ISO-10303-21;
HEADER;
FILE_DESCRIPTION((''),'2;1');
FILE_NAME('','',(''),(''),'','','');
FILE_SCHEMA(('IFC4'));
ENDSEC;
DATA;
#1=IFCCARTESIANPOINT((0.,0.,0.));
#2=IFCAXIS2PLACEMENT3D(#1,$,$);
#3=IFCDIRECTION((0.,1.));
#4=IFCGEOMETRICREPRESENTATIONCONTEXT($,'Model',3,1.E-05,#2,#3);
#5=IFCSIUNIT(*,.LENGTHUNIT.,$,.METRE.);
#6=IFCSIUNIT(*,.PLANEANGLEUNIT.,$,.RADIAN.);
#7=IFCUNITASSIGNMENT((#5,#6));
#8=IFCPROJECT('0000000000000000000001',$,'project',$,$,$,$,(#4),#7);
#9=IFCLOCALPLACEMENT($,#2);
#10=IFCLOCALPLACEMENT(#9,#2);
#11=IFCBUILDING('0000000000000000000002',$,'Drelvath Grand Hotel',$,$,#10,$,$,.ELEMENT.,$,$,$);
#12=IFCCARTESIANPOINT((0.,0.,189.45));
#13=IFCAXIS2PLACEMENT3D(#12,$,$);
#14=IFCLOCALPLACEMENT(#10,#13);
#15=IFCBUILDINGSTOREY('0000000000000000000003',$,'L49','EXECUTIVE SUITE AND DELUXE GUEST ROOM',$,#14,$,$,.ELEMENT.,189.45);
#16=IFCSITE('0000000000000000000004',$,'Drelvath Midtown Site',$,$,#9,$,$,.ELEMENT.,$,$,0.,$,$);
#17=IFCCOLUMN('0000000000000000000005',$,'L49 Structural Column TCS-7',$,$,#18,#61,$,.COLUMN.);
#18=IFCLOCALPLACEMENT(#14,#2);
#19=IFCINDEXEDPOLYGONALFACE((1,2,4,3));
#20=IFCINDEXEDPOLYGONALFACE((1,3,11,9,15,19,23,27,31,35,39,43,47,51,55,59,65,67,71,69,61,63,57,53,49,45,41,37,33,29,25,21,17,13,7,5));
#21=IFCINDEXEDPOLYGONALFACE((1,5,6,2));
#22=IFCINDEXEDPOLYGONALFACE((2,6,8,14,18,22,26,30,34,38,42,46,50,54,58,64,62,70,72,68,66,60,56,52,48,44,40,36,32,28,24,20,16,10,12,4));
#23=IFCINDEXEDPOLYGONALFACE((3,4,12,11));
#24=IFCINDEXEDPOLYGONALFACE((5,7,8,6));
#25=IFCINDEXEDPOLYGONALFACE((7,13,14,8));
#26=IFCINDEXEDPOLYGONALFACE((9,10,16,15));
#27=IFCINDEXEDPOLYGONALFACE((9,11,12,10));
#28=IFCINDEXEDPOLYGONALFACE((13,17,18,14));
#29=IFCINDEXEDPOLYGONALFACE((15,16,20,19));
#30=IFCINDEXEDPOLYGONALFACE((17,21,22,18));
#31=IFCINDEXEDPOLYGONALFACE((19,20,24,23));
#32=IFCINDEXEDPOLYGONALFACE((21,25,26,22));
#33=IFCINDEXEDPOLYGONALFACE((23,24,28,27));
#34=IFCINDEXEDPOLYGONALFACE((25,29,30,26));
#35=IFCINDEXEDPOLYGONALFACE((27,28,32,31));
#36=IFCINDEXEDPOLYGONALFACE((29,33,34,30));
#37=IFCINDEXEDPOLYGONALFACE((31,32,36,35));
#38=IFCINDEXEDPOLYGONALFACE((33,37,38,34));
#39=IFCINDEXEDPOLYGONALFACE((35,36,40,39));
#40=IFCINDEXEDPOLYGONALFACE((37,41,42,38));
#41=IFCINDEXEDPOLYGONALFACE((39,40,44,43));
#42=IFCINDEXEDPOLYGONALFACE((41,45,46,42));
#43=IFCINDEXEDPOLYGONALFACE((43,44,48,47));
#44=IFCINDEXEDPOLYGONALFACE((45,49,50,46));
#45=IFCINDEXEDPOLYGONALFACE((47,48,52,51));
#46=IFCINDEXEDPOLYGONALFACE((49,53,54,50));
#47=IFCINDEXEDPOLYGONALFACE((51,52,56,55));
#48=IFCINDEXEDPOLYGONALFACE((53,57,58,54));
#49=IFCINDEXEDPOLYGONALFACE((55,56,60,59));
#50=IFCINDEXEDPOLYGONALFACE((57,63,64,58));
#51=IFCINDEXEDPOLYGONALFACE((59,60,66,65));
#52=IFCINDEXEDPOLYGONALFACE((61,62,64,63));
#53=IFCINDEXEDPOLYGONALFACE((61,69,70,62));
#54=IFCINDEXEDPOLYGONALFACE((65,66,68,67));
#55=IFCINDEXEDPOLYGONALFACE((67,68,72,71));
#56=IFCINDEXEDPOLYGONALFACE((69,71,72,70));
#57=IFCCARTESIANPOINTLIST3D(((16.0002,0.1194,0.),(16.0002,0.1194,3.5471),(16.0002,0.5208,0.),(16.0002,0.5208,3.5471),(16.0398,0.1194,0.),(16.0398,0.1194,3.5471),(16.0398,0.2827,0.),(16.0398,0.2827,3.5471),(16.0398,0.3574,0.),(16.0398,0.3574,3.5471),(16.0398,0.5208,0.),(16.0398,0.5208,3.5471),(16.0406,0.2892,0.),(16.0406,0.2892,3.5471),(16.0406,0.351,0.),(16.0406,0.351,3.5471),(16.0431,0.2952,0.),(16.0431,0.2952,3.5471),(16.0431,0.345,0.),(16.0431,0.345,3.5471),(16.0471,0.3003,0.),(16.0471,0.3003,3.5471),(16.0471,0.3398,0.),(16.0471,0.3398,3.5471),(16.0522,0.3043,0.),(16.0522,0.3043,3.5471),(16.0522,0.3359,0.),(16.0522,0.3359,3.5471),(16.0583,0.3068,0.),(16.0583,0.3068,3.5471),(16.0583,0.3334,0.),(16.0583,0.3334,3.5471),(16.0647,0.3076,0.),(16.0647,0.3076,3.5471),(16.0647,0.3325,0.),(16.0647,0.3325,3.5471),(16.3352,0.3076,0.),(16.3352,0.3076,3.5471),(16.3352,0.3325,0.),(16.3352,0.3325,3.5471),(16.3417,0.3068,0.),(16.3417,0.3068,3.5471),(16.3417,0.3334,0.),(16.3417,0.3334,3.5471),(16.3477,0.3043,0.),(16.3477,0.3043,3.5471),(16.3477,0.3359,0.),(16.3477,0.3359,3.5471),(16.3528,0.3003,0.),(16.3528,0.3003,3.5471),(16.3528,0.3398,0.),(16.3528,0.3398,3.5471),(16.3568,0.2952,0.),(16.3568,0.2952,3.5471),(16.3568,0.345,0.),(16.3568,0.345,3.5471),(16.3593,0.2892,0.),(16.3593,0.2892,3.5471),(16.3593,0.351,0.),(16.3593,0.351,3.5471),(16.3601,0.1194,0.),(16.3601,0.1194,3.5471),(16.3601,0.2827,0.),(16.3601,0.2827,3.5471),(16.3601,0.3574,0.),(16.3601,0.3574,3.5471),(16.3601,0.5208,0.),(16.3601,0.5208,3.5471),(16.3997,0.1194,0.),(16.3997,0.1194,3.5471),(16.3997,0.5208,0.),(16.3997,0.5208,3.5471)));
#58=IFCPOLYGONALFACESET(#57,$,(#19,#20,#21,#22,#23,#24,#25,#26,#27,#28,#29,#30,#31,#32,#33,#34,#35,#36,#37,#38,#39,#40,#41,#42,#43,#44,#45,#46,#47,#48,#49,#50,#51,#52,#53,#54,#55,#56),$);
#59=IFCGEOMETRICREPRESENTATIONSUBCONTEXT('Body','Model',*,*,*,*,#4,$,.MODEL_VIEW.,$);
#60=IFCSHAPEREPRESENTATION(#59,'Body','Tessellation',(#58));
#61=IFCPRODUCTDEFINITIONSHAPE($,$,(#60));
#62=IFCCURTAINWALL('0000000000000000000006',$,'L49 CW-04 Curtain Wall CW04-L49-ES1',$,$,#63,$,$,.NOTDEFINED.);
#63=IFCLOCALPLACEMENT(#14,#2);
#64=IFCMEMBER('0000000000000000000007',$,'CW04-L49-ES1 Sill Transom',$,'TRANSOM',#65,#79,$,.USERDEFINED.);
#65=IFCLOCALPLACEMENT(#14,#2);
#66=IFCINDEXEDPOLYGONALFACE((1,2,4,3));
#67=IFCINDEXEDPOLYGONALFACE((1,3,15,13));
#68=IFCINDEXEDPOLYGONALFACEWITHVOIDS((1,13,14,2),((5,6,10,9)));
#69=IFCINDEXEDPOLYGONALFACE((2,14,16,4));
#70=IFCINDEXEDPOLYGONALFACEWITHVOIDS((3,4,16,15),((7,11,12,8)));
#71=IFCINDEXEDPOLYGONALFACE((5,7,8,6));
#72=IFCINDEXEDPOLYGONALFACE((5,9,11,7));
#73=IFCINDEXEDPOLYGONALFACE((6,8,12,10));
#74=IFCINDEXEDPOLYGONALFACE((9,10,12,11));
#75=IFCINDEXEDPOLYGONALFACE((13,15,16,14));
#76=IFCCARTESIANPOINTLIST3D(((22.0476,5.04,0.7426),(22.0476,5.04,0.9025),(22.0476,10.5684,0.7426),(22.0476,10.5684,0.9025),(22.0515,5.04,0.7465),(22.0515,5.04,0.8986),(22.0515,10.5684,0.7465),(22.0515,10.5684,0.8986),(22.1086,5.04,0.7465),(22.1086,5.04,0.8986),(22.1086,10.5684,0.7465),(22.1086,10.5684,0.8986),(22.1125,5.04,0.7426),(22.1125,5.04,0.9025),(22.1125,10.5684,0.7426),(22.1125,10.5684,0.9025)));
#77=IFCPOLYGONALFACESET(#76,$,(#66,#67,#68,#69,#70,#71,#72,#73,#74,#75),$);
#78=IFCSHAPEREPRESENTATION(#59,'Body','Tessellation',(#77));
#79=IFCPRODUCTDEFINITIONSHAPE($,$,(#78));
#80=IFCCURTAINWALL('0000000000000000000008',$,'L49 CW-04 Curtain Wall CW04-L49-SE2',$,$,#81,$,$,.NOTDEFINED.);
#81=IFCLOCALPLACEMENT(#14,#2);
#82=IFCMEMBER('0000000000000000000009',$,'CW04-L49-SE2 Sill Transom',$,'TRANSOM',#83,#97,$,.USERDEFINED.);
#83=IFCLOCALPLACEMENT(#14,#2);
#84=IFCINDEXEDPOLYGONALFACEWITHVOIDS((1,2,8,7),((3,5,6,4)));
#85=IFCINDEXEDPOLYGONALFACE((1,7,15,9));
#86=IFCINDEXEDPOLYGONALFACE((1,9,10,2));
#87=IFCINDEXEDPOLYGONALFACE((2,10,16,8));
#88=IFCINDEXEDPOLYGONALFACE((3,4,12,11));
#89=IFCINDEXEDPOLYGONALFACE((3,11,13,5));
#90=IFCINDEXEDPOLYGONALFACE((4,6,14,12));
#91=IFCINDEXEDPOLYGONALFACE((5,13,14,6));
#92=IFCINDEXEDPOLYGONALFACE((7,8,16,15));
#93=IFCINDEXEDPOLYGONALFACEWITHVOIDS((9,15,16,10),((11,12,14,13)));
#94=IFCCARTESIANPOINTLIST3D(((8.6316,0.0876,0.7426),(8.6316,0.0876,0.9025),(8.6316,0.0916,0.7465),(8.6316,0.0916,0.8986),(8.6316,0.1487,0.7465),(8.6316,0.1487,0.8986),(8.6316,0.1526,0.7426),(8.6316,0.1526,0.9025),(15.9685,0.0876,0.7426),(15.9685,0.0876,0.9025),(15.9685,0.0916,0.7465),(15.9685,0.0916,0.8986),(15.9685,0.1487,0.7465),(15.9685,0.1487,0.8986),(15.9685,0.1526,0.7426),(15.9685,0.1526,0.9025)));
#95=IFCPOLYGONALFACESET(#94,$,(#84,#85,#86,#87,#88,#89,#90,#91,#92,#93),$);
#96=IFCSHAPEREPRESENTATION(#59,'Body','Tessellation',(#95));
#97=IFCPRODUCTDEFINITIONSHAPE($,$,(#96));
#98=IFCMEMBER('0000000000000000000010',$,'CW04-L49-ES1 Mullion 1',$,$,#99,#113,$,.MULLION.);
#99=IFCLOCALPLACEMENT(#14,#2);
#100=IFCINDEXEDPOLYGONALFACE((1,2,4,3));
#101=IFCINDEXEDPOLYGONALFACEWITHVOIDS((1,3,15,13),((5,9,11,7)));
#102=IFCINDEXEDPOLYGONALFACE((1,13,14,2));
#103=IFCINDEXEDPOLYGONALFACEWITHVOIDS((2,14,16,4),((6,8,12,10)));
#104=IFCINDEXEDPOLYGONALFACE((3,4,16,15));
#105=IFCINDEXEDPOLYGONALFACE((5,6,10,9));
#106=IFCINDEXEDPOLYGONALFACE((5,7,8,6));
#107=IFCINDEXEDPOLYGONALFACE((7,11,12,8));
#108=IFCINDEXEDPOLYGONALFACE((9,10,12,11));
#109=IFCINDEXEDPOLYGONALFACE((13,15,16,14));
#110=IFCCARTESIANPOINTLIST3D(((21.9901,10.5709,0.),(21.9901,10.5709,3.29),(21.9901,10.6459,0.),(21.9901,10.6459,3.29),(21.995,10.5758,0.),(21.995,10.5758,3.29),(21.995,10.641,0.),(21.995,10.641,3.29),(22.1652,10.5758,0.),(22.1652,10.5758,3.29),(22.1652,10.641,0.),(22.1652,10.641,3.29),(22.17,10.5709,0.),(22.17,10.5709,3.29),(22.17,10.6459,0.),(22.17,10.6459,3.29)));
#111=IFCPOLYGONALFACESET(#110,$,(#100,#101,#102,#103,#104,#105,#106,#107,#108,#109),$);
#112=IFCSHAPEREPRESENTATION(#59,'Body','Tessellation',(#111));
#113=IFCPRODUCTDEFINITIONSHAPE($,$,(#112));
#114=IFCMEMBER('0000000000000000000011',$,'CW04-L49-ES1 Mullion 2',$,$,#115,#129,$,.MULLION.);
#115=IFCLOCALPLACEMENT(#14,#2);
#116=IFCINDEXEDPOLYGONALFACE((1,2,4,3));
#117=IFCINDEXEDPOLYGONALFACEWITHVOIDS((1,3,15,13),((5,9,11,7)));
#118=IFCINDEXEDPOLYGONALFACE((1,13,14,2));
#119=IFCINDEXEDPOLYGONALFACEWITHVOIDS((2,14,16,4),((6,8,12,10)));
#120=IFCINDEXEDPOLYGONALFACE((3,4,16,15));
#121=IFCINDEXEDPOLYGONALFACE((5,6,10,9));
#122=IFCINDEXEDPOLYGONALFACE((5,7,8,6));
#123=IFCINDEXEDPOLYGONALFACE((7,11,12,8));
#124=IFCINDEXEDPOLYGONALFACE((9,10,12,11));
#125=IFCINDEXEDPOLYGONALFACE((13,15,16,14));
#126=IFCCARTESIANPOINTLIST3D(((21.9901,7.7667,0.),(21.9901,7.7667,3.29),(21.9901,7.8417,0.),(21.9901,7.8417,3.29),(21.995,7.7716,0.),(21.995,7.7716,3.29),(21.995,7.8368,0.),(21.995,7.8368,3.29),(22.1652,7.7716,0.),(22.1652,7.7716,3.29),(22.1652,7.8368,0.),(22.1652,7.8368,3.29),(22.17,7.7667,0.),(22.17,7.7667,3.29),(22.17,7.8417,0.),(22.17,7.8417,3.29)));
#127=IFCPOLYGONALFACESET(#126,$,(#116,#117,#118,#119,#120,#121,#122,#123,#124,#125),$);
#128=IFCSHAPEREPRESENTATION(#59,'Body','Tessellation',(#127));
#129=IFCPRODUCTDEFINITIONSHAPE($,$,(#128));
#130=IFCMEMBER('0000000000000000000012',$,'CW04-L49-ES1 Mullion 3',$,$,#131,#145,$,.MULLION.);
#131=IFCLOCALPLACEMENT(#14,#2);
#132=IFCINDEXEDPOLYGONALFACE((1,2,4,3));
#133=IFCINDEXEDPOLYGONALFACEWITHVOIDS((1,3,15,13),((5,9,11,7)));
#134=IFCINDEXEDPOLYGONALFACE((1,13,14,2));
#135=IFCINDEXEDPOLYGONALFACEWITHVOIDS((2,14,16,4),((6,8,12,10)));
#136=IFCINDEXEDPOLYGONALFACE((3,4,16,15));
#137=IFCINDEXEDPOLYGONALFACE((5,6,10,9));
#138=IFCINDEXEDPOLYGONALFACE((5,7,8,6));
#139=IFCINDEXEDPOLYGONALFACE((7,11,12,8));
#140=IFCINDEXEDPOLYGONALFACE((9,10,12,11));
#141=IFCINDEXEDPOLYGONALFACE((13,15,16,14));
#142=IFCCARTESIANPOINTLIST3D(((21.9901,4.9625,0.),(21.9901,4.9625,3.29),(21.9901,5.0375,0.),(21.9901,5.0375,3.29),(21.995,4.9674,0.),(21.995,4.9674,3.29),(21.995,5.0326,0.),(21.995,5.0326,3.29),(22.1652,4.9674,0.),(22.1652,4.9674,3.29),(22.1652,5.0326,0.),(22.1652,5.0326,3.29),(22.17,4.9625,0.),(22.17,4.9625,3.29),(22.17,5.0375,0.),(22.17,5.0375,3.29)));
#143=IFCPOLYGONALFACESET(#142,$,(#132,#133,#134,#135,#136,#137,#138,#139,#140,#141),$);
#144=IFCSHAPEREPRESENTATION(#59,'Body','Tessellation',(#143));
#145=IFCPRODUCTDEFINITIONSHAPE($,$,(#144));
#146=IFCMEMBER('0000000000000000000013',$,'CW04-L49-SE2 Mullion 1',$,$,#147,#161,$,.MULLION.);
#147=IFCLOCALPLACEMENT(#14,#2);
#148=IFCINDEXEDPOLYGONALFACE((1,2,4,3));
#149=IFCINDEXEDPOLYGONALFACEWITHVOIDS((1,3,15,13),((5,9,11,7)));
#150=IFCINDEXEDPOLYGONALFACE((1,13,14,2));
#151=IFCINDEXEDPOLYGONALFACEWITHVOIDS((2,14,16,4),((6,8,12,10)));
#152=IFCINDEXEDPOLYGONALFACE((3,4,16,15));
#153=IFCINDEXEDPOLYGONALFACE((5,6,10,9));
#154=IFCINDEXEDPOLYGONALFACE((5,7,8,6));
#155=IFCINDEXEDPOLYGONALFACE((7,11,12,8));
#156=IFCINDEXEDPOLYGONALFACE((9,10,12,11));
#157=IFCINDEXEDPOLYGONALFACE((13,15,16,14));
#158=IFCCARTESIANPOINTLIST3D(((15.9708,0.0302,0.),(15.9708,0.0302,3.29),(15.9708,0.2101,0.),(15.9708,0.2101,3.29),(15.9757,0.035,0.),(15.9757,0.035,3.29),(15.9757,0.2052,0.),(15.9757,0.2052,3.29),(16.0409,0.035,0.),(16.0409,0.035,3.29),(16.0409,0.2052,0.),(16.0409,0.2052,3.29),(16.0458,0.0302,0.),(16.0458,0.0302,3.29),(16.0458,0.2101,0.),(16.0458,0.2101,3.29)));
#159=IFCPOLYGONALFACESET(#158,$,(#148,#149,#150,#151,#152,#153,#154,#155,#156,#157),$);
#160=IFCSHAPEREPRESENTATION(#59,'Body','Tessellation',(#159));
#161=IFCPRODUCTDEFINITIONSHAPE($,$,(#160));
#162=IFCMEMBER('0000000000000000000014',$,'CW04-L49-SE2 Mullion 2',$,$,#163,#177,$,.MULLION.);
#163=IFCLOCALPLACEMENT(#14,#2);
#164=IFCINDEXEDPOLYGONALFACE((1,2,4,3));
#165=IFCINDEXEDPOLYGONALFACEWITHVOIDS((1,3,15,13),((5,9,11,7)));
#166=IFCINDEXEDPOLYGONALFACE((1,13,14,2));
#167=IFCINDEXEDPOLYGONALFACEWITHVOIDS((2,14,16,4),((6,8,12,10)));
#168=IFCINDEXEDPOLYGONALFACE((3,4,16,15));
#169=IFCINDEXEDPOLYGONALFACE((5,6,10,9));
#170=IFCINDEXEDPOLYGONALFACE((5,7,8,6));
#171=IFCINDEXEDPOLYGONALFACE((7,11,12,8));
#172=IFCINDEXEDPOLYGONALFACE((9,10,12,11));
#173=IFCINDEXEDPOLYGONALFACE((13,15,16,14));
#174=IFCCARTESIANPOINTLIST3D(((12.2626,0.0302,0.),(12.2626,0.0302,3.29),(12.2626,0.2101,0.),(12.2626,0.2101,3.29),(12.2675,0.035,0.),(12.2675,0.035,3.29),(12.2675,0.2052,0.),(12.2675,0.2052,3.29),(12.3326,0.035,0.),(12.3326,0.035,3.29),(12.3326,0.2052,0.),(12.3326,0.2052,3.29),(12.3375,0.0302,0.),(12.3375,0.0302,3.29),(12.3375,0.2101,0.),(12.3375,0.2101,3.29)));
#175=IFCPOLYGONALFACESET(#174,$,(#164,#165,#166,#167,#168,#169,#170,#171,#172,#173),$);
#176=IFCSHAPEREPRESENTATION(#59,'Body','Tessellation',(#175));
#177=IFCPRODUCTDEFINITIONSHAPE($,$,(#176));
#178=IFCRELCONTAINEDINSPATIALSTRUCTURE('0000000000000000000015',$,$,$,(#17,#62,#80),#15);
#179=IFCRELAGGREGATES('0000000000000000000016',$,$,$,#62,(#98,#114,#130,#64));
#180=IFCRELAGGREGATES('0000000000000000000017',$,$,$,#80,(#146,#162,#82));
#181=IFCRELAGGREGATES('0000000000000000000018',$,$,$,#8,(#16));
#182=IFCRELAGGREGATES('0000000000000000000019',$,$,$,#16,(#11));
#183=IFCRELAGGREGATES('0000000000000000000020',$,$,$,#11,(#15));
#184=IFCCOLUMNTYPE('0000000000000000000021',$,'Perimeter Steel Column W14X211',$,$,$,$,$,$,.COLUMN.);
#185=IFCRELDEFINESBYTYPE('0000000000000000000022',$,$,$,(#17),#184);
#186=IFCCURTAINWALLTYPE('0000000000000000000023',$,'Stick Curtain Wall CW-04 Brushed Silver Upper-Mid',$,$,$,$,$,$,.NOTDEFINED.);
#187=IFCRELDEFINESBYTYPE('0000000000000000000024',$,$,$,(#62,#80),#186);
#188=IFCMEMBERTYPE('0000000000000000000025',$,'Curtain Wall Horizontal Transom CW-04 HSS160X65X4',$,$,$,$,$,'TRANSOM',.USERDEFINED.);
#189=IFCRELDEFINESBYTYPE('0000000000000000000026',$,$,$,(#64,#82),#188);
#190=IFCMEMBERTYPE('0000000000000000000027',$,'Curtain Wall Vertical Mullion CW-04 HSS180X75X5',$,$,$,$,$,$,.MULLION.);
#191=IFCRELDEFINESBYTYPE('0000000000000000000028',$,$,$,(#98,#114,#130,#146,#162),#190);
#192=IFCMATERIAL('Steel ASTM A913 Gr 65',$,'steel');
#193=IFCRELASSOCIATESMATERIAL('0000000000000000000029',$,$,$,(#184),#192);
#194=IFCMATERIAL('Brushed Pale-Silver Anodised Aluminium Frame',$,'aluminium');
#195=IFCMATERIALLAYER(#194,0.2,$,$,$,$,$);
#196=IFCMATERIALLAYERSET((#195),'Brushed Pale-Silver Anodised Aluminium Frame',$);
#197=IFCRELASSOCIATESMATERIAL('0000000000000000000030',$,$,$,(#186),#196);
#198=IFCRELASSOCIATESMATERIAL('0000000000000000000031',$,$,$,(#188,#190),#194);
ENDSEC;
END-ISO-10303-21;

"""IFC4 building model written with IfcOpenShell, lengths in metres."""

from ifc_helpers import new_model, si_unit, direction, frame, origin, origin_2d, place, context, subcontext, project, spatial, hollow_rectangle, i_section, extrude, material, layer, layer_set, material_profile, profile_set, type_object, element, aggregate, save


model = new_model("IFC4")

# Units and contexts
model_context = context("Model", 3, precision=1e-05, world=origin(), true_north=direction((0.0, 1.0)))
body_context = subcontext(model_context, "Body", "Model", "MODEL_VIEW")
ifc_project = project(units=[si_unit("LENGTHUNIT", "METRE"), si_unit("PLANEANGLEUNIT", "RADIAN")], contexts=[model_context])

# Site, building, storey
site_placement = place(None, origin())
site = spatial("IfcSite", under=ifc_project, at=site_placement, Name="Drelvath Midtown Site", CompositionType="ELEMENT", RefElevation=0.0)
building_placement = place(site_placement, origin())
building = spatial("IfcBuilding", under=site, at=building_placement, Name="Drelvath Grand Hotel", CompositionType="ELEMENT")
storey_placement = place(building_placement, frame((0.0, 0.0, 189.45)))
storey = spatial("IfcBuildingStorey", under=building, at=storey_placement, Name="L49", Description="EXECUTIVE SUITE AND DELUXE GUEST ROOM", CompositionType="ELEMENT", Elevation=189.45)

# Column
ifc_material_1 = material(Name="Steel ASTM A913 Gr 65", Category="steel")
ifc_material_profile_1 = material_profile(ifc_material_1, i_section(OverallWidth=0.4014, OverallDepth=0.3994, WebThickness=0.0249, FlangeThickness=0.0396, FilletRadius=0.0249, at=origin_2d()), Name="W14X211")
ifc_profile_set_1 = profile_set([ifc_material_profile_1], Name="Steel ASTM A913 Gr 65")
column_type = type_object("IfcColumnType", Name="Perimeter Steel Column W14X211", PredefinedType="COLUMN", material=ifc_profile_set_1)
column_placement = place(storey_placement, frame((16.2, 0.3201, 0.0), z_axis=(0.0, 0.0, 1.0), x_axis=(0.0, 1.0, 0.0)))
element("IfcColumn", 1, at=column_placement, inside=storey, type_object=column_type, Name="L49 Structural Column TCS-7", PredefinedType="COLUMN", context=body_context, shape_type="SweptSolid", body=[
    extrude(i_section(OverallWidth=0.4014, OverallDepth=0.3994, WebThickness=0.0249, FlangeThickness=0.0396, FilletRadius=0.0249, at=origin_2d()), origin(), (0.0, 0.0, 1.0), 3.5471),
])

# Curtain walls, members
ifc_material_2 = material(Name="Brushed Pale-Silver Anodised Aluminium Frame", Category="aluminium")
ifc_layer_1 = layer(ifc_material_2, 0.2)
ifc_layer_set_1 = layer_set([ifc_layer_1], Name="Brushed Pale-Silver Anodised Aluminium Frame")
curtain_wall_type = type_object("IfcCurtainWallType", Name="Stick Curtain Wall CW-04 Brushed Silver Upper-Mid", PredefinedType="NOTDEFINED", material=ifc_layer_set_1)
curtain_wall_1_placement = place(storey_placement, origin())
curtain_wall_1 = element("IfcCurtainWall", 2, at=curtain_wall_1_placement, inside=storey, type_object=curtain_wall_type, Name="L49 CW-04 Curtain Wall CW04-L49-ES1", PredefinedType="NOTDEFINED")
ifc_material_profile_2 = material_profile(ifc_material_2, hollow_rectangle(XDim=0.0649, YDim=0.1599, WallThickness=0.0039, at=origin_2d()), Name="HSS160X65X4")
ifc_profile_set_2 = profile_set([ifc_material_profile_2], Name="Brushed Pale-Silver Anodised Aluminium Frame")
member_type_1 = type_object("IfcMemberType", Name="Curtain Wall Horizontal Transom CW-04 HSS160X65X4", ElementType="TRANSOM", PredefinedType="USERDEFINED", material=ifc_profile_set_2)
member_1_placement = place(storey_placement, frame((22.0801, 10.5684, 0.8225), z_axis=(0.0, -1.0, 0.0), x_axis=(1.0, 0.0, 0.0)))
member_1 = element("IfcMember", 3, at=member_1_placement, type_object=member_type_1, Name="CW04-L49-ES1 Sill Transom", ObjectType="TRANSOM", PredefinedType="USERDEFINED", context=body_context, shape_type="SweptSolid", body=[
    extrude(hollow_rectangle(XDim=0.0649, YDim=0.1599, WallThickness=0.0039, at=origin_2d()), origin(), (0.0, 0.0, 1.0), 5.5283),
])
curtain_wall_2_placement = place(storey_placement, origin())
curtain_wall_2 = element("IfcCurtainWall", 4, at=curtain_wall_2_placement, inside=storey, type_object=curtain_wall_type, Name="L49 CW-04 Curtain Wall CW04-L49-SE2", PredefinedType="NOTDEFINED")
member_2_placement = place(storey_placement, frame((15.9685, 0.1201, 0.8225), z_axis=(-1.0, 0.0, 0.0), x_axis=(0.0, -1.0, 0.0)))
member_2 = element("IfcMember", 5, at=member_2_placement, type_object=member_type_1, Name="CW04-L49-SE2 Sill Transom", ObjectType="TRANSOM", PredefinedType="USERDEFINED", context=body_context, shape_type="SweptSolid", body=[
    extrude(hollow_rectangle(XDim=0.0649, YDim=0.1599, WallThickness=0.0039, at=origin_2d()), origin(), (0.0, 0.0, 1.0), 7.3369),
])

# Members
ifc_material_profile_3 = material_profile(ifc_material_2, hollow_rectangle(XDim=0.075, YDim=0.1799, WallThickness=0.0049, at=origin_2d()), Name="HSS180X75X5")
ifc_profile_set_3 = profile_set([ifc_material_profile_3], Name="Brushed Pale-Silver Anodised Aluminium Frame")
member_type_2 = type_object("IfcMemberType", Name="Curtain Wall Vertical Mullion CW-04 HSS180X75X5", PredefinedType="MULLION", material=ifc_profile_set_3)
member_3_placement = place(storey_placement, frame((22.0801, 10.6084, 0.0), z_axis=(0.0, 0.0, 1.0), x_axis=(0.0, 1.0, 0.0)))
member_3 = element("IfcMember", 6, at=member_3_placement, type_object=member_type_2, Name="CW04-L49-ES1 Mullion 1", PredefinedType="MULLION", context=body_context, shape_type="SweptSolid", body=[
    extrude(hollow_rectangle(XDim=0.075, YDim=0.1799, WallThickness=0.0049, at=origin_2d()), origin(), (0.0, 0.0, 1.0), 3.29),
])
member_4_placement = place(storey_placement, frame((22.0801, 7.8042, 0.0), z_axis=(0.0, 0.0, 1.0), x_axis=(0.0, 1.0, 0.0)))
member_4 = element("IfcMember", 7, at=member_4_placement, type_object=member_type_2, Name="CW04-L49-ES1 Mullion 2", PredefinedType="MULLION", context=body_context, shape_type="SweptSolid", body=[
    extrude(hollow_rectangle(XDim=0.075, YDim=0.1799, WallThickness=0.0049, at=origin_2d()), origin(), (0.0, 0.0, 1.0), 3.29),
])
member_5_placement = place(storey_placement, frame((22.0801, 5.0, 0.0), z_axis=(0.0, 0.0, 1.0), x_axis=(0.0, 1.0, 0.0)))
member_5 = element("IfcMember", 8, at=member_5_placement, type_object=member_type_2, Name="CW04-L49-ES1 Mullion 3", PredefinedType="MULLION", context=body_context, shape_type="SweptSolid", body=[
    extrude(hollow_rectangle(XDim=0.075, YDim=0.1799, WallThickness=0.0049, at=origin_2d()), origin(), (0.0, 0.0, 1.0), 3.29),
])
member_6_placement = place(storey_placement, frame((16.0083, 0.1201, 0.0), z_axis=(0.0, 0.0, 1.0), x_axis=(1.0, 0.0, 0.0)))
member_6 = element("IfcMember", 9, at=member_6_placement, type_object=member_type_2, Name="CW04-L49-SE2 Mullion 1", PredefinedType="MULLION", context=body_context, shape_type="SweptSolid", body=[
    extrude(hollow_rectangle(XDim=0.075, YDim=0.1799, WallThickness=0.0049, at=origin_2d()), origin(), (0.0, 0.0, 1.0), 3.29),
])
member_7_placement = place(storey_placement, frame((12.3, 0.1201, 0.0), z_axis=(0.0, 0.0, 1.0), x_axis=(1.0, 0.0, 0.0)))
member_7 = element("IfcMember", 10, at=member_7_placement, type_object=member_type_2, Name="CW04-L49-SE2 Mullion 2", PredefinedType="MULLION", context=body_context, shape_type="SweptSolid", body=[
    extrude(hollow_rectangle(XDim=0.075, YDim=0.1799, WallThickness=0.0049, at=origin_2d()), origin(), (0.0, 0.0, 1.0), 3.29),
])

aggregate(curtain_wall_1, [member_3, member_4, member_5, member_1])
aggregate(curtain_wall_2, [member_6, member_7, member_2])

save(model, "model.ifc")
